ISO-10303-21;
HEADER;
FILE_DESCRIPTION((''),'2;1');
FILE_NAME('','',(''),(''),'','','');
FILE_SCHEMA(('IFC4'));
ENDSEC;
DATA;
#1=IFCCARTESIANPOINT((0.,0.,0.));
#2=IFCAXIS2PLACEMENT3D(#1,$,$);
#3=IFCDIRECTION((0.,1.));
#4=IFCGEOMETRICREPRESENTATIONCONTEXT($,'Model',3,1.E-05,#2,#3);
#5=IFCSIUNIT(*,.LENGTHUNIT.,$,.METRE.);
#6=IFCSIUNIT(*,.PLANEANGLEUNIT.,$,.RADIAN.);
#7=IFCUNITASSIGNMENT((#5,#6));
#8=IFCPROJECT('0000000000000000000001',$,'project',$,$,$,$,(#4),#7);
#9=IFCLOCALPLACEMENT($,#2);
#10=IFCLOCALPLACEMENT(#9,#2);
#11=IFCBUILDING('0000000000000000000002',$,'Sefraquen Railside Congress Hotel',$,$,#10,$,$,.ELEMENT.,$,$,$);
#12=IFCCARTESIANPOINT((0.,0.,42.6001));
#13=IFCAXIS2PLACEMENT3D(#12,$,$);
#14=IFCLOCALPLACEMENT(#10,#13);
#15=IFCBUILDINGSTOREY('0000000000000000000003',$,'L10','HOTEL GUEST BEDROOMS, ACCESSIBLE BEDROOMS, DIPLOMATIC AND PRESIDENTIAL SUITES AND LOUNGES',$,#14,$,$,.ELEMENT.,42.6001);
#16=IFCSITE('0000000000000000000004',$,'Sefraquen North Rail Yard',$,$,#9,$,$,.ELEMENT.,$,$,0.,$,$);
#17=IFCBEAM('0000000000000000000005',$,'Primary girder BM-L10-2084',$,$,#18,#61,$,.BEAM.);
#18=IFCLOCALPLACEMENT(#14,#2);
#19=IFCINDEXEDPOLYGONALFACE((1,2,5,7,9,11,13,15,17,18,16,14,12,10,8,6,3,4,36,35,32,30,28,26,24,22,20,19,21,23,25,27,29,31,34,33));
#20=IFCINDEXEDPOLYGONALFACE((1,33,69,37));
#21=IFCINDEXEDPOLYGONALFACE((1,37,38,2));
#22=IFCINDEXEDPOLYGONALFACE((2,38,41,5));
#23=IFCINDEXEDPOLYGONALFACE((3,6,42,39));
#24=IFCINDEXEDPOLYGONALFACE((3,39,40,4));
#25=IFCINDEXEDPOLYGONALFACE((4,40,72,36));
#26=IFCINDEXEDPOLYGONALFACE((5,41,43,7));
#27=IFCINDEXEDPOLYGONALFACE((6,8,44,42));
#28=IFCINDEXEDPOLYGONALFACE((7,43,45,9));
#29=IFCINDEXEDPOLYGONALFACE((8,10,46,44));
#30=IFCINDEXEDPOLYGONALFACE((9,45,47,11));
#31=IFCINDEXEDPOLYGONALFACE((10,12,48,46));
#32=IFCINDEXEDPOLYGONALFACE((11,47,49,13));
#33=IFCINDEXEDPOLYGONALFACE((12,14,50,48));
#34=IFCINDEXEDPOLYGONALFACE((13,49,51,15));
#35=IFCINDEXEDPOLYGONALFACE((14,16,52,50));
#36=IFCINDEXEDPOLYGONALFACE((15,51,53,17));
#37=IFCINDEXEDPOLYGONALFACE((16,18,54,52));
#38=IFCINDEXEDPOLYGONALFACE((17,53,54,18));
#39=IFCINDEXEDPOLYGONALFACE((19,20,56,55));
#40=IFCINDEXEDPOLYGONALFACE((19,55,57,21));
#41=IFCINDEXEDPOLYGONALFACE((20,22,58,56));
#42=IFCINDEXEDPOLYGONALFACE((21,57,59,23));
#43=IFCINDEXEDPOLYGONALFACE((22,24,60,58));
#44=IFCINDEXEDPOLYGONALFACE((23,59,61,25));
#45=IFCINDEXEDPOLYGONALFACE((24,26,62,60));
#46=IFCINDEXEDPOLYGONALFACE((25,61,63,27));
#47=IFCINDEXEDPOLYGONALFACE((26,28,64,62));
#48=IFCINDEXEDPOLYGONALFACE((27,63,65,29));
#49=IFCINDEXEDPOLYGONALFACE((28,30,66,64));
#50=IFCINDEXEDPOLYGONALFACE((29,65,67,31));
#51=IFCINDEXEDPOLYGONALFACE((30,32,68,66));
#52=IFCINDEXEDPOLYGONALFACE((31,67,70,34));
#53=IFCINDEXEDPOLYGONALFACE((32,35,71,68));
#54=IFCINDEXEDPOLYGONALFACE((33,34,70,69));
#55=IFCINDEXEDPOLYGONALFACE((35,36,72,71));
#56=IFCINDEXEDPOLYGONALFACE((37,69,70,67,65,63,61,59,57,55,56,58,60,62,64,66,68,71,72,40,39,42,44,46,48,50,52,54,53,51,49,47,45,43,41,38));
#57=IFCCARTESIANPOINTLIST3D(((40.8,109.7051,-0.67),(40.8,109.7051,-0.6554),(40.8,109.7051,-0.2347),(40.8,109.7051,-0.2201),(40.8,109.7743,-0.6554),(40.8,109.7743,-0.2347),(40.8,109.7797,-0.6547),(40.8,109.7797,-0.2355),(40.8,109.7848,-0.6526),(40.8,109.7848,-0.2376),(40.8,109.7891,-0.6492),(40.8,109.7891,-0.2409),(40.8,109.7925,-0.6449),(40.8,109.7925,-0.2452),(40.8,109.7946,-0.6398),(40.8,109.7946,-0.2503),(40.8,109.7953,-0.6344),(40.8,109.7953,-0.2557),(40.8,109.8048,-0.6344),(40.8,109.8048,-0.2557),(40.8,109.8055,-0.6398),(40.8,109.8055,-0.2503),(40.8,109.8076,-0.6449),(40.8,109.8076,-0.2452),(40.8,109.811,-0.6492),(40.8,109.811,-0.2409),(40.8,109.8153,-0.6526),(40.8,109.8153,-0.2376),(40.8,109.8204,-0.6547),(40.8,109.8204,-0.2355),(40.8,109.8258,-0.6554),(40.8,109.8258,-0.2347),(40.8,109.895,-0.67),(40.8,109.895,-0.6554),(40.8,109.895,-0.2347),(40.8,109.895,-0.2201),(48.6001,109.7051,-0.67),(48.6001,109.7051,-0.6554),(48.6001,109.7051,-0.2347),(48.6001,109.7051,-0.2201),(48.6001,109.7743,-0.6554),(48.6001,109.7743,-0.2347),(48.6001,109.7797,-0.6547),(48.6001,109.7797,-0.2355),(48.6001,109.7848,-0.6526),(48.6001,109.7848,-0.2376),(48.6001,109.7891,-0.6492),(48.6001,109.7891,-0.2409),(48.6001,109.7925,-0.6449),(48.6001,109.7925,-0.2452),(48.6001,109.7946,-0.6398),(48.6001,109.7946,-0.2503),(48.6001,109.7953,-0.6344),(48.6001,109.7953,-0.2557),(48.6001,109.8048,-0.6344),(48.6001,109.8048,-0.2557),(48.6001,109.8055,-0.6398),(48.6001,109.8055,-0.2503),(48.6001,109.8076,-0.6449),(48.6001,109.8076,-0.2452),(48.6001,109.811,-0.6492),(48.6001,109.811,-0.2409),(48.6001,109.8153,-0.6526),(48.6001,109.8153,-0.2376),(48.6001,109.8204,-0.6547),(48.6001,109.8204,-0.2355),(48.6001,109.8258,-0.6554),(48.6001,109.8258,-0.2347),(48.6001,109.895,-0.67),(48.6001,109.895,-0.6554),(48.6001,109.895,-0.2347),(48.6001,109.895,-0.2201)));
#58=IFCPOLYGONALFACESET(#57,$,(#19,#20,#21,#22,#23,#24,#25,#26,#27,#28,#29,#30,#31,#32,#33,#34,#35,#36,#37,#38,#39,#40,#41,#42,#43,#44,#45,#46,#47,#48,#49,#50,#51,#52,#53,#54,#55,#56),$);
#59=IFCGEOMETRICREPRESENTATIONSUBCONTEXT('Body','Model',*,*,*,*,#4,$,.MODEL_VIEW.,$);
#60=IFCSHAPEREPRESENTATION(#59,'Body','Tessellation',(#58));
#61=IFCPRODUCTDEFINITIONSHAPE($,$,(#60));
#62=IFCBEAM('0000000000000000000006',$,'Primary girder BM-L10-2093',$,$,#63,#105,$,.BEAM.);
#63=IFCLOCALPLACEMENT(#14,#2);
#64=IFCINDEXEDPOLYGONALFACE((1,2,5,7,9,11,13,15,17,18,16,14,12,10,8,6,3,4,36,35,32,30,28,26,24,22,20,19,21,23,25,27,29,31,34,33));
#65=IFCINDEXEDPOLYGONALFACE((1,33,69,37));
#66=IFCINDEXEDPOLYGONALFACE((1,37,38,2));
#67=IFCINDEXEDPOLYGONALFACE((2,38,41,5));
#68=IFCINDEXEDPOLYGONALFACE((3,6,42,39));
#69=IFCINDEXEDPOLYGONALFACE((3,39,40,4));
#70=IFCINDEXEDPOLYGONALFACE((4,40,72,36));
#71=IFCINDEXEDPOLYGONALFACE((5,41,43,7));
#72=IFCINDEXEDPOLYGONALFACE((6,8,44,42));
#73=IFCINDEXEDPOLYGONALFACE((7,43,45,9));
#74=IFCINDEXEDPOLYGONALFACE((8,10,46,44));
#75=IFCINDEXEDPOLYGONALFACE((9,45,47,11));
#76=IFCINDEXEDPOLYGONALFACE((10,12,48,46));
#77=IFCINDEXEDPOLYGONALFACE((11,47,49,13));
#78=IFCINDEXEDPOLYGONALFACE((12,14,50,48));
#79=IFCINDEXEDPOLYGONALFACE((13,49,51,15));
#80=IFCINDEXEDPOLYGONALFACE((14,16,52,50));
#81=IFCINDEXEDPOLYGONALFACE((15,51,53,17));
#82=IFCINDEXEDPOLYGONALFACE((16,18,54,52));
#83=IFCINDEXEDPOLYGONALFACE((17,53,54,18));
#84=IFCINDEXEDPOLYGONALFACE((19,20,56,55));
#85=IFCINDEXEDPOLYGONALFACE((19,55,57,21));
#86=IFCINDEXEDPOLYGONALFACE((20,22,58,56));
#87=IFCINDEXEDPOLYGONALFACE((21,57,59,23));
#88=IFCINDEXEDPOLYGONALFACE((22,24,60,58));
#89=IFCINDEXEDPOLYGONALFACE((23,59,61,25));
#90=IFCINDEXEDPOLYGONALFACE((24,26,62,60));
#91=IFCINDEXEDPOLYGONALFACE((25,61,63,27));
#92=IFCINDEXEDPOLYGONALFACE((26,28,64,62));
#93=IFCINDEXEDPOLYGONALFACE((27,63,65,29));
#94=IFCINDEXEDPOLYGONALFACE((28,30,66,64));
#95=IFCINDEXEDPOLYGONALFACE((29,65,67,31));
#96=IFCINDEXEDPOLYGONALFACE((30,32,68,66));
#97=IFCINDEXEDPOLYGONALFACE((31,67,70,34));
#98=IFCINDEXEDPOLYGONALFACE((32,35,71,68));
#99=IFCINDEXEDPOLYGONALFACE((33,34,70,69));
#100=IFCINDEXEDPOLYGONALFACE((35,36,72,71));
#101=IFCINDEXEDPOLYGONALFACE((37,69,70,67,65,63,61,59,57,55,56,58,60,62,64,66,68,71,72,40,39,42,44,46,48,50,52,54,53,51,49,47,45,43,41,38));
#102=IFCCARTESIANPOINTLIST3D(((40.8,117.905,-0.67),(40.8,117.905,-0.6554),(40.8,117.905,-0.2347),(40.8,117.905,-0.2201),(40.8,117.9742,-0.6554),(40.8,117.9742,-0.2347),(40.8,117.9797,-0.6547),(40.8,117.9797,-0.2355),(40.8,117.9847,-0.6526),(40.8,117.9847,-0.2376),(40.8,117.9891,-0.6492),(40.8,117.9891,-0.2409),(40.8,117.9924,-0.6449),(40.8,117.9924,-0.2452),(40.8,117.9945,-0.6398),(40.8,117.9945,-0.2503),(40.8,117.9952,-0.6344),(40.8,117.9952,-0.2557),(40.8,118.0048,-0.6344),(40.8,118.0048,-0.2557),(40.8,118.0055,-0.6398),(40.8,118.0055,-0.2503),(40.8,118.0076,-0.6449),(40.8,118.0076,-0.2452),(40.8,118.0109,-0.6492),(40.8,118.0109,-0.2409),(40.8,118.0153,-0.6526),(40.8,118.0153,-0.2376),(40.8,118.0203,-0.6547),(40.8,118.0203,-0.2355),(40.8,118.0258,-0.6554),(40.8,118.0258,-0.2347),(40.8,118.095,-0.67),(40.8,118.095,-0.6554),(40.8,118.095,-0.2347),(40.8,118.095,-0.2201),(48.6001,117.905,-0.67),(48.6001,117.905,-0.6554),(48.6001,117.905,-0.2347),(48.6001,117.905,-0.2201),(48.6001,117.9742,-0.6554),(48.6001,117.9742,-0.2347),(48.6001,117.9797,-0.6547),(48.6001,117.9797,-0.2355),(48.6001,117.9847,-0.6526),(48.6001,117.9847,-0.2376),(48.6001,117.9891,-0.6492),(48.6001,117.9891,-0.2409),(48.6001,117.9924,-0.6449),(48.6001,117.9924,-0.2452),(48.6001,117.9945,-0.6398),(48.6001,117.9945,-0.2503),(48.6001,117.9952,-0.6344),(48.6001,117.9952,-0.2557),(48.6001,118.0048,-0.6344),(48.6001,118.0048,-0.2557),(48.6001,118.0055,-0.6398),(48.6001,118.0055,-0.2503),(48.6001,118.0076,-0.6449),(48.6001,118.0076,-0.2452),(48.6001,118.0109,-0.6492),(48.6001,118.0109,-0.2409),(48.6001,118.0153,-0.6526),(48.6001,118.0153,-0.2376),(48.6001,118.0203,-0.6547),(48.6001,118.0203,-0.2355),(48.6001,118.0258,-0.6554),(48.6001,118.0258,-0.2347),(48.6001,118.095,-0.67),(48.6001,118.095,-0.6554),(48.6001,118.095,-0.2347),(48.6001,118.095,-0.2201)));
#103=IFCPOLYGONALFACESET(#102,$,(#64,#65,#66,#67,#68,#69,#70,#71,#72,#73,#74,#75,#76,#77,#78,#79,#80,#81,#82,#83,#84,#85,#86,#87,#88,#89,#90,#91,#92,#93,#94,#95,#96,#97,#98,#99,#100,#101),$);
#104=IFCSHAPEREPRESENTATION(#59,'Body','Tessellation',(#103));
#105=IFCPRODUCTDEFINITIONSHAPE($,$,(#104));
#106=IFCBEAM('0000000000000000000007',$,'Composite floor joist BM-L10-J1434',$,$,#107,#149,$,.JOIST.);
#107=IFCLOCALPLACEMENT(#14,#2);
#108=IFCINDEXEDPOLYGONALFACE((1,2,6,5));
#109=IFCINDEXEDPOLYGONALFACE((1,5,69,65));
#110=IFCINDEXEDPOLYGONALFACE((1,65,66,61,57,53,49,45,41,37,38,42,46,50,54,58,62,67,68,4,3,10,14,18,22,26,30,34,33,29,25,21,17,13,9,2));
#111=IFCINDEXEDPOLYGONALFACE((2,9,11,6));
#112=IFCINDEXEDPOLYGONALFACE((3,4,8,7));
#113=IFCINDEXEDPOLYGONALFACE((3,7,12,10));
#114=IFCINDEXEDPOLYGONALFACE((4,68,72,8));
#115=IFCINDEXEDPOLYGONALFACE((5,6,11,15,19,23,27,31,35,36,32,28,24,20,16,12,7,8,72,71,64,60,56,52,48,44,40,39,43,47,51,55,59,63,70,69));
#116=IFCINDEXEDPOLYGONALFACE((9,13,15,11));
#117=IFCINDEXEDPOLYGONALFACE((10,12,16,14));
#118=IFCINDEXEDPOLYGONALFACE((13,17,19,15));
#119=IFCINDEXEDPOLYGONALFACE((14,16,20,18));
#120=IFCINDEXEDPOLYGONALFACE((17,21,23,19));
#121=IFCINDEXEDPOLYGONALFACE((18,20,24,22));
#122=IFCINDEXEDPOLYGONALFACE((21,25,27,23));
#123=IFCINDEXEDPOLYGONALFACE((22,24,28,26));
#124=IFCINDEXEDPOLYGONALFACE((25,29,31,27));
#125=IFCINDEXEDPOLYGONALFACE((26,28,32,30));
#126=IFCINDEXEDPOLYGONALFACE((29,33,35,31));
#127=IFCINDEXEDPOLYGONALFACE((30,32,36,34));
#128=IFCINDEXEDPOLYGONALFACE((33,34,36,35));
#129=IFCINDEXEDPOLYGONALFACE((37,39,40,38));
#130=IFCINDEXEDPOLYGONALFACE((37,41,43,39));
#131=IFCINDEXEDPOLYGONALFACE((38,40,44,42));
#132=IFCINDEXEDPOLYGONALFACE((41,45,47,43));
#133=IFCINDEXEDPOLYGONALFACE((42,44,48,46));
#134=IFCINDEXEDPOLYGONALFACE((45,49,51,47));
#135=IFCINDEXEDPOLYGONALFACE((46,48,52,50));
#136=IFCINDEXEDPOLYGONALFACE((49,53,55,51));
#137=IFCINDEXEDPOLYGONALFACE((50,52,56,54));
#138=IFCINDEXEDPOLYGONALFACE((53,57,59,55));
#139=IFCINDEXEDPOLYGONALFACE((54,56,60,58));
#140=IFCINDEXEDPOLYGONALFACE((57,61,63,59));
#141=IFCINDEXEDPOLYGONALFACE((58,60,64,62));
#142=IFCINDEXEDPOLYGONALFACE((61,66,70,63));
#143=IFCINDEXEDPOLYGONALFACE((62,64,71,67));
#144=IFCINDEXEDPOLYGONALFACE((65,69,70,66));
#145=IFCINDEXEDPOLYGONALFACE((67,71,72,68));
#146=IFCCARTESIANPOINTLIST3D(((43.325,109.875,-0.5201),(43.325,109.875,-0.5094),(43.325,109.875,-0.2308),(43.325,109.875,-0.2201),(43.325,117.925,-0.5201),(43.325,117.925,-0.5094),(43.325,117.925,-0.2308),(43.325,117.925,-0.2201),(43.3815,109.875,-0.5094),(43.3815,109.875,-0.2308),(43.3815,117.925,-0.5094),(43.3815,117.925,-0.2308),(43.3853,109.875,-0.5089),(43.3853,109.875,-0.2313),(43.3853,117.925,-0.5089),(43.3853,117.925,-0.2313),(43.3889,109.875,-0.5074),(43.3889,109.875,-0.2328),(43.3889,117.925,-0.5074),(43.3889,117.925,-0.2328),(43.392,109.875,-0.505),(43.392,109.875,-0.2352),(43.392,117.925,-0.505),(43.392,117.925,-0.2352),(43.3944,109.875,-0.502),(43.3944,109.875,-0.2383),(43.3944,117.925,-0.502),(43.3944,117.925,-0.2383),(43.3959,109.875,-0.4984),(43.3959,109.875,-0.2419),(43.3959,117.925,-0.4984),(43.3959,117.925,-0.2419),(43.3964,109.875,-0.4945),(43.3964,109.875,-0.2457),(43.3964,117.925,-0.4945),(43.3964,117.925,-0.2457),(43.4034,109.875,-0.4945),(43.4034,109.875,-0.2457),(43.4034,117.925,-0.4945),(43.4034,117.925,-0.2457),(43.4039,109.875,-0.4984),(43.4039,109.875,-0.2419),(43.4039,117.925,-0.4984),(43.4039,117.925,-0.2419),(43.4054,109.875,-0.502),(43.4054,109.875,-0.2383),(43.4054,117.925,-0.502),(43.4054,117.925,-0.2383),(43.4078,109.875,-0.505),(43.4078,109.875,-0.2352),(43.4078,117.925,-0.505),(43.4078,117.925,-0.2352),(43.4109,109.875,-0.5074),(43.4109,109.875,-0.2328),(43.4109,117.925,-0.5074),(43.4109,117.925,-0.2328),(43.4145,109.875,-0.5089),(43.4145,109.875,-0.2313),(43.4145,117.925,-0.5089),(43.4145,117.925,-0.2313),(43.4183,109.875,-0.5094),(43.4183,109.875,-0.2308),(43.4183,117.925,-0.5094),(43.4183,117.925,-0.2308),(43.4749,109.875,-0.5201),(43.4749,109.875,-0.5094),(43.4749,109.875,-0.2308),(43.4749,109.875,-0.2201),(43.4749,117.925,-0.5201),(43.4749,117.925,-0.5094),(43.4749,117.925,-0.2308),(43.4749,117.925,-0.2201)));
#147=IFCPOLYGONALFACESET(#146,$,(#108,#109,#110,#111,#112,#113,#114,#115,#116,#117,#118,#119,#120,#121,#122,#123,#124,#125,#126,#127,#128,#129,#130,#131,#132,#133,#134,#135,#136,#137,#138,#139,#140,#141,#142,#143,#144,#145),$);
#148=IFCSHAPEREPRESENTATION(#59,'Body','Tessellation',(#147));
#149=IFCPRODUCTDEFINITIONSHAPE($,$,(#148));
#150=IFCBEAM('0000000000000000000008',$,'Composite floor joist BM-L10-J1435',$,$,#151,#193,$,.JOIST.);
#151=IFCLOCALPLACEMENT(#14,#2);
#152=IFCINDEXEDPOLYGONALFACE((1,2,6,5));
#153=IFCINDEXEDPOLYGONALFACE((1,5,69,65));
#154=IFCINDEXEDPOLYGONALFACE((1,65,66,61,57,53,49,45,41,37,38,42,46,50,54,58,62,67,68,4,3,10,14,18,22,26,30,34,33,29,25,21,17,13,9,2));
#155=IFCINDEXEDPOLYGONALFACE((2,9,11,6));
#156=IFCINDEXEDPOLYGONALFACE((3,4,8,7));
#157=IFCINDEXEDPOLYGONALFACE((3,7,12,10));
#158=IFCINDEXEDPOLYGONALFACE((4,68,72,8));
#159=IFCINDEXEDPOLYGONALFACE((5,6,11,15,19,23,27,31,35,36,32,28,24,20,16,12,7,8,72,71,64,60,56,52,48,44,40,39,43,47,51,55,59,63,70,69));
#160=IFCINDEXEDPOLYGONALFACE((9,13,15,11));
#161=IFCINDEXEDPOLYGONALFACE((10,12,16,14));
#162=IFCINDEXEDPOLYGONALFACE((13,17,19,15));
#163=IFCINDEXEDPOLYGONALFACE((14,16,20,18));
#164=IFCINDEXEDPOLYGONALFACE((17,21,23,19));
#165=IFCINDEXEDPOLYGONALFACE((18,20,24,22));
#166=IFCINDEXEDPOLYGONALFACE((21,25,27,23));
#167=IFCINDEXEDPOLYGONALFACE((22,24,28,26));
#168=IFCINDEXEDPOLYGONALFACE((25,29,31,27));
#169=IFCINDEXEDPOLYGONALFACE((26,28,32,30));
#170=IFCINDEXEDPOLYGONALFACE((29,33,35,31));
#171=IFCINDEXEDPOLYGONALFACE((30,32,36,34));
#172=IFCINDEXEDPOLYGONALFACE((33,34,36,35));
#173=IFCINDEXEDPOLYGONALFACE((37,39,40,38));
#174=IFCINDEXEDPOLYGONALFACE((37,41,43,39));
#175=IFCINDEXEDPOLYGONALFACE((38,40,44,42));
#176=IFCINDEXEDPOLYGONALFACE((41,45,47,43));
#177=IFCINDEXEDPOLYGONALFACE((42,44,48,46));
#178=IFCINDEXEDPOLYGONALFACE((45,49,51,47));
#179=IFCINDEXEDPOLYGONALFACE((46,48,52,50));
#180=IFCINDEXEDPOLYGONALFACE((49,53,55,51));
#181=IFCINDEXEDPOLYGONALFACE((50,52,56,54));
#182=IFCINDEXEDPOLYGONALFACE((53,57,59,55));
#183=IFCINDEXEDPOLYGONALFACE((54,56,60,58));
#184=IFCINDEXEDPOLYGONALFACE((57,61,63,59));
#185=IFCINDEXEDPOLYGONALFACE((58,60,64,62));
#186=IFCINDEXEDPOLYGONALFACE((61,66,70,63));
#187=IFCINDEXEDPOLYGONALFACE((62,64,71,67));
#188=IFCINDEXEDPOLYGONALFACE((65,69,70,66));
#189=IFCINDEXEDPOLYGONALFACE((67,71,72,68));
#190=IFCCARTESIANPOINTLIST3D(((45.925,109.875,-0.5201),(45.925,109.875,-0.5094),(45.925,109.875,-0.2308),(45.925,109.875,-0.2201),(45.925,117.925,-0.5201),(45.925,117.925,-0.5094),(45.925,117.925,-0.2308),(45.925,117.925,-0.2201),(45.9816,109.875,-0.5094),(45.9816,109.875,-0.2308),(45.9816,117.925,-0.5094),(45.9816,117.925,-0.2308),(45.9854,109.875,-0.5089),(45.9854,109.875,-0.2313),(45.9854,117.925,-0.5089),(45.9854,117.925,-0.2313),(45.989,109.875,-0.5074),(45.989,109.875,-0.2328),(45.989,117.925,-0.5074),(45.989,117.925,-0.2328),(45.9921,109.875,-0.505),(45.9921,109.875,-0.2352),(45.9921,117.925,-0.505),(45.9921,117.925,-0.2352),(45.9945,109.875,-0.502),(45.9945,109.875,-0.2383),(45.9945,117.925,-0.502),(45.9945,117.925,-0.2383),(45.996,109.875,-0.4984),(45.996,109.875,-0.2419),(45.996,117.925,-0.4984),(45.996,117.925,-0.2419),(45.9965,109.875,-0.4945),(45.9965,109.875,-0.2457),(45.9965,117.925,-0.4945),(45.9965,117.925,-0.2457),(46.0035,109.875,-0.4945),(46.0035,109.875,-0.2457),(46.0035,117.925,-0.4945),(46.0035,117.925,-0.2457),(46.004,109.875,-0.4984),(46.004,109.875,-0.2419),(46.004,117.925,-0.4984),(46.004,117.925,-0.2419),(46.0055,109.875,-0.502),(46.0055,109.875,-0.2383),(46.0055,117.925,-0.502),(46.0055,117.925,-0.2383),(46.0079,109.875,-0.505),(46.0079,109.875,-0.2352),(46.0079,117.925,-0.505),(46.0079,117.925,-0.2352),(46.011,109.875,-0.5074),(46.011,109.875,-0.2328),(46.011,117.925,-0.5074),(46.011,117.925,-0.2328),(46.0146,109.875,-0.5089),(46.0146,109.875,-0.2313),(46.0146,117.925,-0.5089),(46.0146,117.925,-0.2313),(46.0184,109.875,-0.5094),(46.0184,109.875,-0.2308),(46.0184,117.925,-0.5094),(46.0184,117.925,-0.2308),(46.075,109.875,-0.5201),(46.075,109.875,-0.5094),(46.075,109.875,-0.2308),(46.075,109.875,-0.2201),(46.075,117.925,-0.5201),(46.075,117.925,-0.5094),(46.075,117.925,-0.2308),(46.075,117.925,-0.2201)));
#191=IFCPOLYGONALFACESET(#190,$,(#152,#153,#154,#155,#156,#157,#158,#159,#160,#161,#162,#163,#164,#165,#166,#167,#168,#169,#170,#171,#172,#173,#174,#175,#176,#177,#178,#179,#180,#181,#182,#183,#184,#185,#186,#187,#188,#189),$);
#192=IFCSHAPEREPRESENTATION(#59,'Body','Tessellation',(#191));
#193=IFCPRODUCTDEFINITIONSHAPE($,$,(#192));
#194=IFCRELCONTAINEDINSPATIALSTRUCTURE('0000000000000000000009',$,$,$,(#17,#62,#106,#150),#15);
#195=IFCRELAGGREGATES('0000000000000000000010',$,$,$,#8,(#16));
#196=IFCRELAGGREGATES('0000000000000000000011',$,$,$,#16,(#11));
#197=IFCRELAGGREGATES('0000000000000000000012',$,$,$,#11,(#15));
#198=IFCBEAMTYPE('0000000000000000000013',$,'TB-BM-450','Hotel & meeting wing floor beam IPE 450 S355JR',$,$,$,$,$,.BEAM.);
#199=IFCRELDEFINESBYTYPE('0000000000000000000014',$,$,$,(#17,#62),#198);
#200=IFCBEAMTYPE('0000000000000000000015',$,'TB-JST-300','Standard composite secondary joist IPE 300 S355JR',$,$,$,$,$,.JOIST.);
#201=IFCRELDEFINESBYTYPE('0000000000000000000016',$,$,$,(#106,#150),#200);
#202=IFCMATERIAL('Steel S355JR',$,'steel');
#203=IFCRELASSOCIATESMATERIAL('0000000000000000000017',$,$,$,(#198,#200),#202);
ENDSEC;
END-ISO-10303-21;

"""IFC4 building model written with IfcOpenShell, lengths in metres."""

from ifc_helpers import new_model, si_unit, direction, frame, origin, origin_2d, place, context, subcontext, project, spatial, i_section, extrude, material, material_profile, profile_set, type_object, element, save


model = new_model("IFC4")

# Units and contexts
model_context = context("Model", 3, precision=1e-05, world=origin(), true_north=direction((0.0, 1.0)))
body_context = subcontext(model_context, "Body", "Model", "MODEL_VIEW")
ifc_project = project(units=[si_unit("LENGTHUNIT", "METRE"), si_unit("PLANEANGLEUNIT", "RADIAN")], contexts=[model_context])

# Site, building, storey
site_placement = place(None, origin())
site = spatial("IfcSite", under=ifc_project, at=site_placement, Name="Sefraquen North Rail Yard", CompositionType="ELEMENT", RefElevation=0.0)
building_placement = place(site_placement, origin())
building = spatial("IfcBuilding", under=site, at=building_placement, Name="Sefraquen Railside Congress Hotel", CompositionType="ELEMENT")
storey_placement = place(building_placement, frame((0.0, 0.0, 42.6001)))
storey = spatial("IfcBuildingStorey", under=building, at=storey_placement, Name="L10", Description="HOTEL GUEST BEDROOMS, ACCESSIBLE BEDROOMS, DIPLOMATIC AND PRESIDENTIAL SUITES AND LOUNGES", CompositionType="ELEMENT", Elevation=42.6001)

# Shared definitions
ifc_material_1 = material(Name="Steel S355JR", Category="steel")

# Beams
ifc_material_profile_1 = material_profile(ifc_material_1, i_section(OverallWidth=0.1899, OverallDepth=0.45, WebThickness=0.0095, FlangeThickness=0.0146, FilletRadius=0.021, at=origin_2d()), Name="IPE 450")
ifc_profile_set_1 = profile_set([ifc_material_profile_1], Name="Steel S355JR")
beam_type_1 = type_object("IfcBeamType", Name="TB-BM-450", Description="Hotel & meeting wing floor beam IPE 450 S355JR", PredefinedType="BEAM", material=ifc_profile_set_1)
for number, where, z_axis, x_axis, name in (
    (1, (40.8, 109.8, -0.4451), (1.0, 0.0, 0.0), (0.0, 1.0, 0.0), "Primary girder BM-L10-2084"),
    (2, (40.8, 118.0, -0.4451), (1.0, 0.0, 0.0), (0.0, 1.0, 0.0), "Primary girder BM-L10-2093"),
):
    element("IfcBeam", number, at=place(storey_placement, frame(where, z_axis=z_axis, x_axis=x_axis)), inside=storey, type_object=beam_type_1, Name=name, PredefinedType="BEAM", context=body_context, shape_type="SweptSolid", body=[
        extrude(i_section(OverallWidth=0.1899, OverallDepth=0.45, WebThickness=0.0095, FlangeThickness=0.0146, FilletRadius=0.021, at=origin_2d()), origin(), (0.0, 0.0, 1.0), 7.8),
    ])
ifc_material_profile_2 = material_profile(ifc_material_1, i_section(OverallWidth=0.1499, OverallDepth=0.3, WebThickness=0.0071, FlangeThickness=0.0107, FilletRadius=0.0149, at=origin_2d()), Name="IPE 300")
ifc_profile_set_2 = profile_set([ifc_material_profile_2], Name="Steel S355JR")
beam_type_2 = type_object("IfcBeamType", Name="TB-JST-300", Description="Standard composite secondary joist IPE 300 S355JR", PredefinedType="JOIST", material=ifc_profile_set_2)
for number, where, z_axis, x_axis, name in (
    (3, (43.3999, 109.875, -0.3701), (0.0, 1.0, 0.0), (-1.0, 0.0, 0.0), "Composite floor joist BM-L10-J1434"),
    (4, (46.0, 109.875, -0.3701), (0.0, 1.0, 0.0), (-1.0, 0.0, 0.0), "Composite floor joist BM-L10-J1435"),
):
    element("IfcBeam", number, at=place(storey_placement, frame(where, z_axis=z_axis, x_axis=x_axis)), inside=storey, type_object=beam_type_2, Name=name, PredefinedType="JOIST", context=body_context, shape_type="SweptSolid", body=[
        extrude(i_section(OverallWidth=0.1499, OverallDepth=0.3, WebThickness=0.0071, FlangeThickness=0.0107, FilletRadius=0.0149, at=origin_2d()), origin(), (0.0, 0.0, 1.0), 8.05),
    ])

save(model, "model.ifc")
